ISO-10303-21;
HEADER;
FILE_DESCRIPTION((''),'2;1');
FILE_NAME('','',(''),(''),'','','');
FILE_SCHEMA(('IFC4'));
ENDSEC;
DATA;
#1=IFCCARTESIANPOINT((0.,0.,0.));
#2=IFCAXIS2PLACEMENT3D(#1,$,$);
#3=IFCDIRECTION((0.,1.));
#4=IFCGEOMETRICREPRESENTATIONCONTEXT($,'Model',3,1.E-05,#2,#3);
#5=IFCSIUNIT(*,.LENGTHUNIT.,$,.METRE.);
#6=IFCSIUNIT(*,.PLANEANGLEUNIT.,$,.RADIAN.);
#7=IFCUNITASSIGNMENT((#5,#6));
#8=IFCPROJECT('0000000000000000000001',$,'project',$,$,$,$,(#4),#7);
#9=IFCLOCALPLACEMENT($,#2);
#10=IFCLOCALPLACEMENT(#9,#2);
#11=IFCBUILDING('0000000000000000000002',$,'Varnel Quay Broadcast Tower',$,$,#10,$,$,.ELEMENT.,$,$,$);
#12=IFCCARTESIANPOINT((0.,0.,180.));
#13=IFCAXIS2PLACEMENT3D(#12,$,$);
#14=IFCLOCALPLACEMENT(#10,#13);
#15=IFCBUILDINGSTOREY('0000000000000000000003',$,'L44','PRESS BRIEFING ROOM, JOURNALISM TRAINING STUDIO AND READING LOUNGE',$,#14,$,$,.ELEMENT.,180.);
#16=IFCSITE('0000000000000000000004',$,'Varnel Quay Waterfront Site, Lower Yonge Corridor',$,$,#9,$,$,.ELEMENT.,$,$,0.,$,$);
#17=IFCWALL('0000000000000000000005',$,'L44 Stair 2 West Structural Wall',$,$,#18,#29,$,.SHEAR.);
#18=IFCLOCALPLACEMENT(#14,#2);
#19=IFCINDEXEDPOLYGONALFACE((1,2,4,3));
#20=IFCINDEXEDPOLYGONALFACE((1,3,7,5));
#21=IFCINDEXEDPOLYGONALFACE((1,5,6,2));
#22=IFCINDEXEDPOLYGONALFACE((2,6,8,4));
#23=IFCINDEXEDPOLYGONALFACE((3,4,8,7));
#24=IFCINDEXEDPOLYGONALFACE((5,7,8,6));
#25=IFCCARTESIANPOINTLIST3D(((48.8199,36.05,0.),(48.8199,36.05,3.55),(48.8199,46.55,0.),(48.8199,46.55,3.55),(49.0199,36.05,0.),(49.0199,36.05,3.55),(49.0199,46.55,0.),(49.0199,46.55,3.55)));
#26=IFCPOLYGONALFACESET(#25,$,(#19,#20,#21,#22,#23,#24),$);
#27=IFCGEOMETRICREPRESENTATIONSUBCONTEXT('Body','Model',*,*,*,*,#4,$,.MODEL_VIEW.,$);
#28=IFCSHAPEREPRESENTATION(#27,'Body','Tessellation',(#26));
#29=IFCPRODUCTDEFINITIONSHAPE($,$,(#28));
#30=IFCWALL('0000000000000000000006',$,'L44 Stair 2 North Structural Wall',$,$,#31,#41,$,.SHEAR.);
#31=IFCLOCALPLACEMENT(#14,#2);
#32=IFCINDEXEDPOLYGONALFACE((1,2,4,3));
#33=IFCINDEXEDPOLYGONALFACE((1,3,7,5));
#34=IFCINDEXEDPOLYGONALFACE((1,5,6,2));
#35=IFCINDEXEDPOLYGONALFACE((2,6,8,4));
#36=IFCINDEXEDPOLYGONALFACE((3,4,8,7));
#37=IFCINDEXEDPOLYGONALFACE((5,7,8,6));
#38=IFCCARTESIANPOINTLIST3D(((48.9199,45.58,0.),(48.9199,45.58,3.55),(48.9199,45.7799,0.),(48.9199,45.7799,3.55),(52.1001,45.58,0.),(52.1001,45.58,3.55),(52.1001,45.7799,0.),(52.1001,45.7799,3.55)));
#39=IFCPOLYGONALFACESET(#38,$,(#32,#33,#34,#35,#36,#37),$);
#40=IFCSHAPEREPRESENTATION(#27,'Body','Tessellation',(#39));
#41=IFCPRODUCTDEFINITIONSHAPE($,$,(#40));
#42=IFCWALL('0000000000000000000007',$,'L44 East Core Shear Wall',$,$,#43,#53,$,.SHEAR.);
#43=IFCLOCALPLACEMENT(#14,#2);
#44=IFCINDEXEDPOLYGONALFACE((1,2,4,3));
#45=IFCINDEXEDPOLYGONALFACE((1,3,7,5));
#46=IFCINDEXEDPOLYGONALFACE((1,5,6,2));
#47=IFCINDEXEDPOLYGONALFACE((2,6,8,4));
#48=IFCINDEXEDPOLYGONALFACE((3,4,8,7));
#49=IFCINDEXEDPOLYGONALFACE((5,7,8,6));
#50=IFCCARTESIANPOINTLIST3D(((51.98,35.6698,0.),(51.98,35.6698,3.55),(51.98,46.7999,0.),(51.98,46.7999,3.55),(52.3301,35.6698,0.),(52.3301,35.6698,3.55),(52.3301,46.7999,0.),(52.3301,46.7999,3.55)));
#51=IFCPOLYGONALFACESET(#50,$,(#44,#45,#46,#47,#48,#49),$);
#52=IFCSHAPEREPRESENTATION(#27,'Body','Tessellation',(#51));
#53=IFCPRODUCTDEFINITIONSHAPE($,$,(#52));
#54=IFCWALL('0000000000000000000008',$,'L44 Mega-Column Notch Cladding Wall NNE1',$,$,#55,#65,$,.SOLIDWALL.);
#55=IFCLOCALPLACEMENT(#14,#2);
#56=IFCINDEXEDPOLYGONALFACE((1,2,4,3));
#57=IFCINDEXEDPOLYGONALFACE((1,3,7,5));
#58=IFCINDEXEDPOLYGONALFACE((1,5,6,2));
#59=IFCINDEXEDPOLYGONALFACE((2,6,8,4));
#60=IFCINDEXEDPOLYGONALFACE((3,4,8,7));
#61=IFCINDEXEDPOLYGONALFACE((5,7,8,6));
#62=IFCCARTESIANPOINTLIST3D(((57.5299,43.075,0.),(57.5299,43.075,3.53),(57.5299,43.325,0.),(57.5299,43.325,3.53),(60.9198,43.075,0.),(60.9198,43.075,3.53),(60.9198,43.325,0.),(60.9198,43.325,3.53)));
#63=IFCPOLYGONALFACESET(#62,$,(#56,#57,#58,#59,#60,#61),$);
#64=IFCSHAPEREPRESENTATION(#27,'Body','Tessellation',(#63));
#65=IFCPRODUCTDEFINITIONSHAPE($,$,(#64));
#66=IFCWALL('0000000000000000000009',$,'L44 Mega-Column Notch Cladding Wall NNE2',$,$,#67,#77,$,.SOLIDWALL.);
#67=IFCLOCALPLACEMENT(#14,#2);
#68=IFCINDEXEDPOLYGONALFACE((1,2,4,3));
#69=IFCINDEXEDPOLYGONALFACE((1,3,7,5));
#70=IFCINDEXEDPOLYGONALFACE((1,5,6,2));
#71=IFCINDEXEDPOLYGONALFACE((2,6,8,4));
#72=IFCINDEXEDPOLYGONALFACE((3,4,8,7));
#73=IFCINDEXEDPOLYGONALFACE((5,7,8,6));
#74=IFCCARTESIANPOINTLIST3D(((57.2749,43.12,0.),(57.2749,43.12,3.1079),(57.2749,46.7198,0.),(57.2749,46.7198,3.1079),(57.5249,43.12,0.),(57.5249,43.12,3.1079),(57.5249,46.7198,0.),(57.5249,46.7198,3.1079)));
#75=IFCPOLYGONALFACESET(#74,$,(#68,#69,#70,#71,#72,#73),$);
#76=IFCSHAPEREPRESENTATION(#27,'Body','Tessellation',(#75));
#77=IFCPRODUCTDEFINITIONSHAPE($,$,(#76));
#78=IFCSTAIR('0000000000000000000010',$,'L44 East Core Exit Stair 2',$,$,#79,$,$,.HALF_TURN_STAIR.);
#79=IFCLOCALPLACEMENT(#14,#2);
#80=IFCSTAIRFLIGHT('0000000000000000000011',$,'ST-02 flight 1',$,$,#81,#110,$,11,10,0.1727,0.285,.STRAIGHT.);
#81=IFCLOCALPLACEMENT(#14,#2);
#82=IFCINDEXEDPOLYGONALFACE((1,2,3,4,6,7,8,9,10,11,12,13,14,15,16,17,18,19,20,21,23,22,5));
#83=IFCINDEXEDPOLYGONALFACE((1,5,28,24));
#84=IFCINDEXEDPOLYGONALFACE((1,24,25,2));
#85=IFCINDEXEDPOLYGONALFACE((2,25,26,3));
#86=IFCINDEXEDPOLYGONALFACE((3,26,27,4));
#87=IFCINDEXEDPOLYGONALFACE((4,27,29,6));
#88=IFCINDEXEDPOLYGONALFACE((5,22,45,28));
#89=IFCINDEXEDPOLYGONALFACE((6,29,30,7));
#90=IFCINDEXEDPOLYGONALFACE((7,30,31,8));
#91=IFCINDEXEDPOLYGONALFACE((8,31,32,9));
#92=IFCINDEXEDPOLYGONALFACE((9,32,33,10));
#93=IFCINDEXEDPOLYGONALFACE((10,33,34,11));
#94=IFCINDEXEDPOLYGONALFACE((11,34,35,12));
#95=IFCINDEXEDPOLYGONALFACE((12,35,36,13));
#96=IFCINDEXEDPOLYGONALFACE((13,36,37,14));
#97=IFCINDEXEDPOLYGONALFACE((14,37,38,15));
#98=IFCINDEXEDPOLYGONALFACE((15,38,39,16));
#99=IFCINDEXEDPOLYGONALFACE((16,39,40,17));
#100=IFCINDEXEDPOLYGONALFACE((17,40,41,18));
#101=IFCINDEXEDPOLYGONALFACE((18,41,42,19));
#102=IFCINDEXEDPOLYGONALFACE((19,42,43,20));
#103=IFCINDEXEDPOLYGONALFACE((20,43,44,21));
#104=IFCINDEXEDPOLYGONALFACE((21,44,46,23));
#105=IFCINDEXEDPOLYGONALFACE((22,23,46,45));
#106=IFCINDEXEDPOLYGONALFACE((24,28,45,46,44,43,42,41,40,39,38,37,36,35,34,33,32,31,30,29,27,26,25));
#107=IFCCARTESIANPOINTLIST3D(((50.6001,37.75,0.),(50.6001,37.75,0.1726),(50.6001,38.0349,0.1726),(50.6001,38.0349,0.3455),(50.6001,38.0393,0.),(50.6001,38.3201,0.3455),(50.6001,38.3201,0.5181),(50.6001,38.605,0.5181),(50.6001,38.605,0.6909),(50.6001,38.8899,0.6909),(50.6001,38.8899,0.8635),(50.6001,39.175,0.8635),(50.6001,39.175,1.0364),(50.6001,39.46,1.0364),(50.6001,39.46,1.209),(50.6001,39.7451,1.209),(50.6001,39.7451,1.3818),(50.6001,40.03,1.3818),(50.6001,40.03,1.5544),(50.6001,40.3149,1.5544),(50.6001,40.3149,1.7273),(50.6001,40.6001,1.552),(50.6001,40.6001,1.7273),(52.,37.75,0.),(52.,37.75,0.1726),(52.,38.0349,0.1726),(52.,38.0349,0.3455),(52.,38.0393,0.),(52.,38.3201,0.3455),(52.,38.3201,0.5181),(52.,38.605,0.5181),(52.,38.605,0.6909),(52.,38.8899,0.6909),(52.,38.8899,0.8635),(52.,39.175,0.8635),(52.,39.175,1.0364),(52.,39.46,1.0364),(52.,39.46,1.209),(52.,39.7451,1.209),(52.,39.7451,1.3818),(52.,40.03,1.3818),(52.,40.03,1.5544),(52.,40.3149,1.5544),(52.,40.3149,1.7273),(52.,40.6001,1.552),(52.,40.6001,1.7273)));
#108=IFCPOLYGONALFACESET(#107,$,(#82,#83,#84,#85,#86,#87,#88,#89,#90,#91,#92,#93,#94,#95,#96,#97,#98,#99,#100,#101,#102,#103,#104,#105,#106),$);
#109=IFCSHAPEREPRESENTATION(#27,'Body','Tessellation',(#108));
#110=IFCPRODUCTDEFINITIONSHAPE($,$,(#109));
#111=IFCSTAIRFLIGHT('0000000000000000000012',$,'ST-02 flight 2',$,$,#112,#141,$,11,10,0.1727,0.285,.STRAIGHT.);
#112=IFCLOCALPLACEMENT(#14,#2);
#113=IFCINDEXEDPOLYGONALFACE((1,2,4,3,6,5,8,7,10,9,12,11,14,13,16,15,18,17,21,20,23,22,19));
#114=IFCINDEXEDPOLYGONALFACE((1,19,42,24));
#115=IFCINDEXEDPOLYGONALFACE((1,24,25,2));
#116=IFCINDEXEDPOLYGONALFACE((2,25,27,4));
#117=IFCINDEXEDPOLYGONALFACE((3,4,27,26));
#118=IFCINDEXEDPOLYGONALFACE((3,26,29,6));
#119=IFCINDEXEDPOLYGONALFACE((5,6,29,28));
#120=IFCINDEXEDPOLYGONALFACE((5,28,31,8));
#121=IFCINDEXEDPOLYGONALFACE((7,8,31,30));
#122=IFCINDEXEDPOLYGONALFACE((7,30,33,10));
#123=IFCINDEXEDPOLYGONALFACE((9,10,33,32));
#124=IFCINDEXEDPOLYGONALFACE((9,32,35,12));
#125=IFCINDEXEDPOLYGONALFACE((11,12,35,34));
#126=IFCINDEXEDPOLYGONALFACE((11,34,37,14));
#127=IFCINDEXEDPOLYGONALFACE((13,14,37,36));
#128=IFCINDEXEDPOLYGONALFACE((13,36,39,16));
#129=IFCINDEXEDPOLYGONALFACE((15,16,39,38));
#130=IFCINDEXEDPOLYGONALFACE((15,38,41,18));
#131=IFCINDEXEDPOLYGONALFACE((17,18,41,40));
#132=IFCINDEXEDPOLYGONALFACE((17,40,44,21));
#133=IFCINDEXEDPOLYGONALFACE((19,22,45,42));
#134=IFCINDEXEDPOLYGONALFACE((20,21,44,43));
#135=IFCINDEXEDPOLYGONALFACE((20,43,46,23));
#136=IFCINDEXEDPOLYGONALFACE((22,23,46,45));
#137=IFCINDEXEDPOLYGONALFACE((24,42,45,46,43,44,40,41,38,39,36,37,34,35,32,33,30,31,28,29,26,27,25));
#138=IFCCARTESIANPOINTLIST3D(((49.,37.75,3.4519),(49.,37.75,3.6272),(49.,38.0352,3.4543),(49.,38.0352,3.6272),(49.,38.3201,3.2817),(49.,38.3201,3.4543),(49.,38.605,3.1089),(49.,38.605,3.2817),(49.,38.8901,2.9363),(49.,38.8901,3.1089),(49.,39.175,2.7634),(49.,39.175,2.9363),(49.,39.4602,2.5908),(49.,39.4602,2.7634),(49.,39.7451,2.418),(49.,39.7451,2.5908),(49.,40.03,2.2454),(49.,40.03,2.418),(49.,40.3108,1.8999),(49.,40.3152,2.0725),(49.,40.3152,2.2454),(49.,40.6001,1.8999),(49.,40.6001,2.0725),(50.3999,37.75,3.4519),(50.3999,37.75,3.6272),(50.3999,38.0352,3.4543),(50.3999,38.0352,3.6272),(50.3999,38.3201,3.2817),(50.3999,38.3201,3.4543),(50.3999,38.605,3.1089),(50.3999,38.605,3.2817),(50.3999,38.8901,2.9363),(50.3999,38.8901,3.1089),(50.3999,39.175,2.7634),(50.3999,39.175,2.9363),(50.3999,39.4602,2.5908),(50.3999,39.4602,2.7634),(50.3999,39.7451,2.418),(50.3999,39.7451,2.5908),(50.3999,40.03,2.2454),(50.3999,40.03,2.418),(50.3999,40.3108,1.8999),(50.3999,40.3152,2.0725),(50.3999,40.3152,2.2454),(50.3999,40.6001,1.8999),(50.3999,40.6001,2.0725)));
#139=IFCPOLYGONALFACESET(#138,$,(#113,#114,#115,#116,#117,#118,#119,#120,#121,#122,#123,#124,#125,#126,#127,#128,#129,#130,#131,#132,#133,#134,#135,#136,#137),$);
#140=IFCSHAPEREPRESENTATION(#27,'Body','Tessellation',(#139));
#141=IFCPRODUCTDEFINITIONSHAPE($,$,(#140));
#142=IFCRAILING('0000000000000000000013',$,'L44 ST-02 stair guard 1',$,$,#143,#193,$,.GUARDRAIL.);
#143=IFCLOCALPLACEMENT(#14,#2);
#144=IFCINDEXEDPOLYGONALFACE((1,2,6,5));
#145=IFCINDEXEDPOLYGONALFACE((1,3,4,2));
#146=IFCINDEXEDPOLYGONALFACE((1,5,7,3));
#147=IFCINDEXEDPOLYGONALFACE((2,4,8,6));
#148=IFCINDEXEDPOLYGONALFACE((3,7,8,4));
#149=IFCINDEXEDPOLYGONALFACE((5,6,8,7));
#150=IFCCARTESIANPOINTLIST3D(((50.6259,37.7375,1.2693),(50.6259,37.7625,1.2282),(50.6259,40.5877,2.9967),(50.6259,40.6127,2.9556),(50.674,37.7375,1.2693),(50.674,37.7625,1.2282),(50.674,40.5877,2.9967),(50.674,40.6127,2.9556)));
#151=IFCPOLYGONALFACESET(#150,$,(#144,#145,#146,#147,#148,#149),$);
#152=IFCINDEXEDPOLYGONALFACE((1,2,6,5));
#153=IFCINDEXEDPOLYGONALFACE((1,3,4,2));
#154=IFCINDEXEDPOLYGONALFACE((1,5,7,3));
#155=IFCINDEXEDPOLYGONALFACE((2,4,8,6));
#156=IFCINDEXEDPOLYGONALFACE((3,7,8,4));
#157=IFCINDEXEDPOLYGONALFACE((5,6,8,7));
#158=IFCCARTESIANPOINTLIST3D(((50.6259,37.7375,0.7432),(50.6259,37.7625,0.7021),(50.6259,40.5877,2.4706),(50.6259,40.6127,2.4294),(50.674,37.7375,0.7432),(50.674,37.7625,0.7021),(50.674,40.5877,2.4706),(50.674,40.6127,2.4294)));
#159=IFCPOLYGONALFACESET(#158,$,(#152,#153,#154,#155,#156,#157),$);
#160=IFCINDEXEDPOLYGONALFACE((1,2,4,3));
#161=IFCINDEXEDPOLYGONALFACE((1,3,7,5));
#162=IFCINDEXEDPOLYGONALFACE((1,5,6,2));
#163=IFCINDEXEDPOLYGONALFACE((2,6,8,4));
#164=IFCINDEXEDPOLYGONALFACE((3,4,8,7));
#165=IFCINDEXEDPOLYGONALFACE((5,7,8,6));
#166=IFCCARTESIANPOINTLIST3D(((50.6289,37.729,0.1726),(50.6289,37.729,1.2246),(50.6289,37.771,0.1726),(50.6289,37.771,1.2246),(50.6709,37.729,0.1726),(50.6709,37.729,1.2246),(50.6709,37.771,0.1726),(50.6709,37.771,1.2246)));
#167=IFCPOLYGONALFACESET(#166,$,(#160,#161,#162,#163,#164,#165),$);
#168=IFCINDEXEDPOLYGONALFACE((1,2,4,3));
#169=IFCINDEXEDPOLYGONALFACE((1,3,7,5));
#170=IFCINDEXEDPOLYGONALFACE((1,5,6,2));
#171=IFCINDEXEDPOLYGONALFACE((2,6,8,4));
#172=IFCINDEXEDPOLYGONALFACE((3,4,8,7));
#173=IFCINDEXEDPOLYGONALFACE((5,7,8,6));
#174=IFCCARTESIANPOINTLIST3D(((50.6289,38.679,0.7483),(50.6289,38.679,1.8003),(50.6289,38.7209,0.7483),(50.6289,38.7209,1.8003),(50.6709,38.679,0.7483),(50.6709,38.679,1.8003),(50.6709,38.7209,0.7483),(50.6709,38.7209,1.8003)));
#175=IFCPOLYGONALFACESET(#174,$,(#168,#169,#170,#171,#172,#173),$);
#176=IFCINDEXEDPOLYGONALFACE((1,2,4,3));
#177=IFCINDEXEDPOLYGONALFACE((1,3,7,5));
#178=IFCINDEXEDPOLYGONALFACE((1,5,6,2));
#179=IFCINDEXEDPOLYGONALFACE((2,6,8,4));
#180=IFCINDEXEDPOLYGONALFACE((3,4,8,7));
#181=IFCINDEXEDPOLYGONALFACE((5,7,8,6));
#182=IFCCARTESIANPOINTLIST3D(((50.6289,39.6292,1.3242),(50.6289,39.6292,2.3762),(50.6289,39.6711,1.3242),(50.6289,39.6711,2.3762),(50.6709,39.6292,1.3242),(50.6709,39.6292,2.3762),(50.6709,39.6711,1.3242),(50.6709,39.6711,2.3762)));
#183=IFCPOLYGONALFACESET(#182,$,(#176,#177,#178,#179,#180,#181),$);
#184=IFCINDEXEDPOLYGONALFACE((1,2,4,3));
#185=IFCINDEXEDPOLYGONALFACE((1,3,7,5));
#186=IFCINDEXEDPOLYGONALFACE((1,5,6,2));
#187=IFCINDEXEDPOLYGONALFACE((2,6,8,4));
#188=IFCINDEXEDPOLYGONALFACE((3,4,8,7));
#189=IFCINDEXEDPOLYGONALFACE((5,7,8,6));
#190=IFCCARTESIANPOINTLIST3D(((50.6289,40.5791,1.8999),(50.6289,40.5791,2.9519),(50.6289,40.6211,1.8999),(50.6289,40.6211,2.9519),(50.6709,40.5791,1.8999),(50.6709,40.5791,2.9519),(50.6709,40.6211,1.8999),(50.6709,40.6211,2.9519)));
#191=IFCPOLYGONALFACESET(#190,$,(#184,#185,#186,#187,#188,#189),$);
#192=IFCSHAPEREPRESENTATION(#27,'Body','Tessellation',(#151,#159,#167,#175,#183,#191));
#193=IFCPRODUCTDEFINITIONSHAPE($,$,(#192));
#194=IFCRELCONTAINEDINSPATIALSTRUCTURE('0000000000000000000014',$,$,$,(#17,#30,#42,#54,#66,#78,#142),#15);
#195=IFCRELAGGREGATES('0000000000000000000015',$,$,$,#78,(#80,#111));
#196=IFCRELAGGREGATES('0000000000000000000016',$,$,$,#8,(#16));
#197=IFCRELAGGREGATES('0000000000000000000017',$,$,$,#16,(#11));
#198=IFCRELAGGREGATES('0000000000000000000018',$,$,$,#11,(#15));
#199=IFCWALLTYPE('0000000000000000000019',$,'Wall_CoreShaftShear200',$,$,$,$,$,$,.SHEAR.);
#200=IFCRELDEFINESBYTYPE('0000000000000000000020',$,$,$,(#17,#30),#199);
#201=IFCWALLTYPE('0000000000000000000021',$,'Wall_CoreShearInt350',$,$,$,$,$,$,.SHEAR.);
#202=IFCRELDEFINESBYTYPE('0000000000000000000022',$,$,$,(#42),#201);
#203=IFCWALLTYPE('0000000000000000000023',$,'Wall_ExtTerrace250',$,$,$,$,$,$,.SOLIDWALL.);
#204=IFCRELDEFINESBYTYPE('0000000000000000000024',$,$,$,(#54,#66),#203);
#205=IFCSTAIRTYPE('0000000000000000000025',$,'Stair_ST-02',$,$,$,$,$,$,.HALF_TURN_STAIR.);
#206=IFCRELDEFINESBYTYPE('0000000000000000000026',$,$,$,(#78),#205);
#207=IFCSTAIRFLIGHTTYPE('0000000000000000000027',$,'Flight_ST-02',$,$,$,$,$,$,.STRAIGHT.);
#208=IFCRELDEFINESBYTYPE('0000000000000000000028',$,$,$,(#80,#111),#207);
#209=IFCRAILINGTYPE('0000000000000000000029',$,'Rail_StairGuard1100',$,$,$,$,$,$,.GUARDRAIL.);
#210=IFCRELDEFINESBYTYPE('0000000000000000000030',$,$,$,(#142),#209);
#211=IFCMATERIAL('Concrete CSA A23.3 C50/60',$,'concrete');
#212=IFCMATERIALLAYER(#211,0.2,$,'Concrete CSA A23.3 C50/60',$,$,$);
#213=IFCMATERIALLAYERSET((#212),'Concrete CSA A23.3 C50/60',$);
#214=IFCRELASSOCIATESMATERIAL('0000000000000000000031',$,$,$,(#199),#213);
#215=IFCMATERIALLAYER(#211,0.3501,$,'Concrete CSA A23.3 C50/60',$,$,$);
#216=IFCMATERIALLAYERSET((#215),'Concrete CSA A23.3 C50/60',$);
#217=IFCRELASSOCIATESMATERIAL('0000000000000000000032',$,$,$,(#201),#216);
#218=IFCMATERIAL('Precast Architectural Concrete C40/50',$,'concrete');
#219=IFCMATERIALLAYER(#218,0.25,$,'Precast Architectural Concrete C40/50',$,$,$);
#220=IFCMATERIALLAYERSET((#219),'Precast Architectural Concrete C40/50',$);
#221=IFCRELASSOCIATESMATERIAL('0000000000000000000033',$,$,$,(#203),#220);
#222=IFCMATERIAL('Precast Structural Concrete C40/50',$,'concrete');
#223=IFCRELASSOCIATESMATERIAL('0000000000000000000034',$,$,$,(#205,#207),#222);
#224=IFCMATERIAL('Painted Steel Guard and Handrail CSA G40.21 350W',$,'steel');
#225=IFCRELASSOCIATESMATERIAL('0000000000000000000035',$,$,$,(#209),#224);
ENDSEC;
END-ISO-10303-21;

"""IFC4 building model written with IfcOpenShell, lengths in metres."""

from ifc_helpers import new_model, si_unit, direction, frame, frame_2d, origin, origin_2d, place, context, subcontext, project, spatial, polyline, rectangle, outline, extrude, material, layer, layer_set, type_object, element, aggregate, save


model = new_model("IFC4")

# Units and contexts
model_context = context("Model", 3, precision=1e-05, world=origin(), true_north=direction((0.0, 1.0)))
body_context = subcontext(model_context, "Body", "Model", "MODEL_VIEW")
ifc_project = project(units=[si_unit("LENGTHUNIT", "METRE"), si_unit("PLANEANGLEUNIT", "RADIAN")], contexts=[model_context])

# Site, building, storey
site_placement = place(None, origin())
site = spatial("IfcSite", under=ifc_project, at=site_placement, Name="Varnel Quay Waterfront Site, Lower Yonge Corridor", CompositionType="ELEMENT", RefElevation=0.0)
building_placement = place(site_placement, origin())
building = spatial("IfcBuilding", under=site, at=building_placement, Name="Varnel Quay Broadcast Tower", CompositionType="ELEMENT")
storey_placement = place(building_placement, frame((0.0, 0.0, 180.0)))
storey = spatial("IfcBuildingStorey", under=building, at=storey_placement, Name="L44", Description="PRESS BRIEFING ROOM, JOURNALISM TRAINING STUDIO AND READING LOUNGE", CompositionType="ELEMENT", Elevation=180.0)

# Walls
ifc_material_1 = material(Name="Concrete CSA A23.3 C50/60", Category="concrete")
ifc_layer_1 = layer(ifc_material_1, 0.2, Name="Concrete CSA A23.3 C50/60")
ifc_layer_set_1 = layer_set([ifc_layer_1], Name="Concrete CSA A23.3 C50/60")
wall_type_1 = type_object("IfcWallType", Name="Wall_CoreShaftShear200", PredefinedType="SHEAR", material=ifc_layer_set_1)
wall_1_placement = place(storey_placement, frame((48.9199, 36.05, 0.0), z_axis=(0.0, 0.0, 1.0), x_axis=(0.0, 1.0, 0.0)))
element("IfcWall", 1, at=wall_1_placement, inside=storey, type_object=wall_type_1, Name="L44 Stair 2 West Structural Wall", PredefinedType="SHEAR", context=body_context, shape_type="SweptSolid", body=[
    extrude(rectangle(XDim=10.5, YDim=0.2, at=frame_2d((5.25, 0.0))), origin(), (0.0, 0.0, 1.0), 3.55),
])
wall_2_placement = place(storey_placement, frame((48.9199, 45.6799, 0.0), z_axis=(0.0, 0.0, 1.0), x_axis=(1.0, 0.0, 0.0)))
element("IfcWall", 2, at=wall_2_placement, inside=storey, type_object=wall_type_1, Name="L44 Stair 2 North Structural Wall", PredefinedType="SHEAR", context=body_context, shape_type="SweptSolid", body=[
    extrude(rectangle(XDim=3.1802, YDim=0.2, at=frame_2d((1.5901, 0.0))), origin(), (0.0, 0.0, 1.0), 3.55),
])
ifc_layer_2 = layer(ifc_material_1, 0.3501, Name="Concrete CSA A23.3 C50/60")
ifc_layer_set_2 = layer_set([ifc_layer_2], Name="Concrete CSA A23.3 C50/60")
wall_type_2 = type_object("IfcWallType", Name="Wall_CoreShearInt350", PredefinedType="SHEAR", material=ifc_layer_set_2)
wall_3_placement = place(storey_placement, frame((52.155, 35.6699, 0.0), z_axis=(0.0, 0.0, 1.0), x_axis=(0.0, 1.0, 0.0)))
element("IfcWall", 3, at=wall_3_placement, inside=storey, type_object=wall_type_2, Name="L44 East Core Shear Wall", PredefinedType="SHEAR", context=body_context, shape_type="SweptSolid", body=[
    extrude(rectangle(XDim=11.1301, YDim=0.3501, at=frame_2d((5.5649, 0.0))), origin(), (0.0, 0.0, 1.0), 3.55),
])
ifc_material_2 = material(Name="Precast Architectural Concrete C40/50", Category="concrete")
ifc_layer_3 = layer(ifc_material_2, 0.25, Name="Precast Architectural Concrete C40/50")
ifc_layer_set_3 = layer_set([ifc_layer_3], Name="Precast Architectural Concrete C40/50")
wall_type_3 = type_object("IfcWallType", Name="Wall_ExtTerrace250", PredefinedType="SOLIDWALL", material=ifc_layer_set_3)
wall_4_placement = place(storey_placement, frame((57.53, 43.2, 0.0), z_axis=(0.0, 0.0, 1.0), x_axis=(1.0, 0.0, 0.0)))
element("IfcWall", 4, at=wall_4_placement, inside=storey, type_object=wall_type_3, Name="L44 Mega-Column Notch Cladding Wall NNE1", PredefinedType="SOLIDWALL", context=body_context, shape_type="SweptSolid", body=[
    extrude(rectangle(XDim=3.3899, YDim=0.25, at=frame_2d((1.6948, 0.0))), origin(), (0.0, 0.0, 1.0), 3.53),
])
wall_5_placement = place(storey_placement, frame((57.3999, 43.1201, 0.0), z_axis=(0.0, 0.0, 1.0), x_axis=(0.0, 1.0, 0.0)))
element("IfcWall", 5, at=wall_5_placement, inside=storey, type_object=wall_type_3, Name="L44 Mega-Column Notch Cladding Wall NNE2", PredefinedType="SOLIDWALL", context=body_context, shape_type="SweptSolid", body=[
    extrude(rectangle(XDim=3.5999, YDim=0.25, at=frame_2d((1.7998, 0.0))), origin(), (0.0, 0.0, 1.0), 3.1079),
])

# Stair, stair flights
ifc_material_3 = material(Name="Precast Structural Concrete C40/50", Category="concrete")
stair_type = type_object("IfcStairType", Name="Stair_ST-02", PredefinedType="HALF_TURN_STAIR", material=ifc_material_3)
stair_placement = place(storey_placement, origin())
stair = element("IfcStair", 6, at=stair_placement, inside=storey, type_object=stair_type, Name="L44 East Core Exit Stair 2", PredefinedType="HALF_TURN_STAIR")
stair_flight_type = type_object("IfcStairFlightType", Name="Flight_ST-02", PredefinedType="STRAIGHT", material=ifc_material_3)
stair_flight_1_placement = place(storey_placement, frame((51.3, 37.75, 0.0), z_axis=(0.0, 0.0, 1.0), x_axis=(0.0, 1.0, 0.0)))
stair_flight_1 = element("IfcStairFlight", 7, at=stair_flight_1_placement, type_object=stair_flight_type, Name="ST-02 flight 1", NumberOfRisers=11, NumberOfTreads=10, PredefinedType="STRAIGHT", RiserHeight=0.1727, TreadLength=0.285, context=body_context, shape_type="SweptSolid", body=[
    extrude(outline(polyline([(0.0, 0.0), (0.0, 0.1726), (0.2849, 0.1726), (0.2849, 0.3455), (0.5701, 0.3455), (0.5701, 0.5181), (0.855, 0.5181), (0.855, 0.6909), (1.1399, 0.6909), (1.1399, 0.8635), (1.425, 0.8635), (1.425, 1.0364), (1.71, 1.0364), (1.71, 1.209), (1.9951, 1.209), (1.9951, 1.3818), (2.28, 1.3818), (2.28, 1.5544), (2.5649, 1.5544), (2.5649, 1.7273), (2.8501, 1.7273), (2.8501, 1.8999), (2.8501, 1.552), (0.2893, 0.0), (0.0, 0.0)])), frame((0.0, 0.7, 0.0), z_axis=(0.0, -1.0, 0.0), x_axis=(1.0, 0.0, 0.0)), (0.0, 0.0, 1.0), 1.3999),
])
stair_flight_2_placement = place(storey_placement, frame((49.7, 40.6001, 1.8999), z_axis=(0.0, 0.0, 1.0), x_axis=(0.0, -1.0, 0.0)))
stair_flight_2 = element("IfcStairFlight", 8, at=stair_flight_2_placement, type_object=stair_flight_type, Name="ST-02 flight 2", NumberOfRisers=11, NumberOfTreads=10, PredefinedType="STRAIGHT", RiserHeight=0.1727, TreadLength=0.285, context=body_context, shape_type="SweptSolid", body=[
    extrude(outline(polyline([(0.0, 0.0), (0.0, 0.1726), (0.2849, 0.1726), (0.2849, 0.3455), (0.5701, 0.3455), (0.5701, 0.5181), (0.855, 0.5181), (0.855, 0.6909), (1.1399, 0.6909), (1.1399, 0.8635), (1.425, 0.8635), (1.425, 1.0364), (1.71, 1.0364), (1.71, 1.209), (1.9951, 1.209), (1.9951, 1.3818), (2.28, 1.3818), (2.28, 1.5544), (2.5649, 1.5544), (2.5649, 1.7273), (2.8501, 1.7273), (2.8501, 1.8999), (2.8501, 1.552), (0.2893, 0.0), (0.0, 0.0)])), frame((0.0, 0.7, 0.0), z_axis=(0.0, -1.0, 0.0), x_axis=(1.0, 0.0, 0.0)), (0.0, 0.0, 1.0), 1.3999),
])
aggregate(stair, [stair_flight_1, stair_flight_2])

# Railing
ifc_material_4 = material(Name="Painted Steel Guard and Handrail CSA G40.21 350W", Category="steel")
railing_type_1 = type_object("IfcRailingType", Name="Rail_StairGuard1100", PredefinedType="GUARDRAIL", material=ifc_material_4)
railing_1_placement = place(storey_placement, frame((50.6499, 37.75, 0.1726)))
element("IfcRailing", 9, at=railing_1_placement, inside=storey, type_object=railing_type_1, Name="L44 ST-02 stair guard 1", PredefinedType="GUARDRAIL", context=body_context, shape_type="SweptSolid", body=[
    extrude(rectangle(XDim=0.0481, YDim=0.0481, at=origin_2d()), frame((0.0, 0.0, 1.0762), z_axis=(0.0, 0.855203, 0.518294), x_axis=(-1.0, 0.0, 0.0)), (0.0, 0.0, 1.0), 3.3328),
    extrude(rectangle(XDim=0.0481, YDim=0.0481, at=origin_2d()), frame((0.0, 0.0, 0.55), z_axis=(0.0, 0.855203, 0.518294), x_axis=(-1.0, 0.0, 0.0)), (0.0, 0.0, 1.0), 3.3328),
    extrude(rectangle(XDim=0.042, YDim=0.042, at=origin_2d()), origin(), (0.0, 0.0, 1.0), 1.052),
    extrude(rectangle(XDim=0.042, YDim=0.042, at=origin_2d()), frame((0.0, 0.95, 0.5757)), (0.0, 0.0, 1.0), 1.052),
    extrude(rectangle(XDim=0.042, YDim=0.042, at=origin_2d()), frame((0.0, 1.9001, 1.1516)), (0.0, 0.0, 1.0), 1.052),
    extrude(rectangle(XDim=0.042, YDim=0.042, at=origin_2d()), frame((0.0, 2.8501, 1.7273)), (0.0, 0.0, 1.0), 1.052),
])

save(model, "model.ifc")
